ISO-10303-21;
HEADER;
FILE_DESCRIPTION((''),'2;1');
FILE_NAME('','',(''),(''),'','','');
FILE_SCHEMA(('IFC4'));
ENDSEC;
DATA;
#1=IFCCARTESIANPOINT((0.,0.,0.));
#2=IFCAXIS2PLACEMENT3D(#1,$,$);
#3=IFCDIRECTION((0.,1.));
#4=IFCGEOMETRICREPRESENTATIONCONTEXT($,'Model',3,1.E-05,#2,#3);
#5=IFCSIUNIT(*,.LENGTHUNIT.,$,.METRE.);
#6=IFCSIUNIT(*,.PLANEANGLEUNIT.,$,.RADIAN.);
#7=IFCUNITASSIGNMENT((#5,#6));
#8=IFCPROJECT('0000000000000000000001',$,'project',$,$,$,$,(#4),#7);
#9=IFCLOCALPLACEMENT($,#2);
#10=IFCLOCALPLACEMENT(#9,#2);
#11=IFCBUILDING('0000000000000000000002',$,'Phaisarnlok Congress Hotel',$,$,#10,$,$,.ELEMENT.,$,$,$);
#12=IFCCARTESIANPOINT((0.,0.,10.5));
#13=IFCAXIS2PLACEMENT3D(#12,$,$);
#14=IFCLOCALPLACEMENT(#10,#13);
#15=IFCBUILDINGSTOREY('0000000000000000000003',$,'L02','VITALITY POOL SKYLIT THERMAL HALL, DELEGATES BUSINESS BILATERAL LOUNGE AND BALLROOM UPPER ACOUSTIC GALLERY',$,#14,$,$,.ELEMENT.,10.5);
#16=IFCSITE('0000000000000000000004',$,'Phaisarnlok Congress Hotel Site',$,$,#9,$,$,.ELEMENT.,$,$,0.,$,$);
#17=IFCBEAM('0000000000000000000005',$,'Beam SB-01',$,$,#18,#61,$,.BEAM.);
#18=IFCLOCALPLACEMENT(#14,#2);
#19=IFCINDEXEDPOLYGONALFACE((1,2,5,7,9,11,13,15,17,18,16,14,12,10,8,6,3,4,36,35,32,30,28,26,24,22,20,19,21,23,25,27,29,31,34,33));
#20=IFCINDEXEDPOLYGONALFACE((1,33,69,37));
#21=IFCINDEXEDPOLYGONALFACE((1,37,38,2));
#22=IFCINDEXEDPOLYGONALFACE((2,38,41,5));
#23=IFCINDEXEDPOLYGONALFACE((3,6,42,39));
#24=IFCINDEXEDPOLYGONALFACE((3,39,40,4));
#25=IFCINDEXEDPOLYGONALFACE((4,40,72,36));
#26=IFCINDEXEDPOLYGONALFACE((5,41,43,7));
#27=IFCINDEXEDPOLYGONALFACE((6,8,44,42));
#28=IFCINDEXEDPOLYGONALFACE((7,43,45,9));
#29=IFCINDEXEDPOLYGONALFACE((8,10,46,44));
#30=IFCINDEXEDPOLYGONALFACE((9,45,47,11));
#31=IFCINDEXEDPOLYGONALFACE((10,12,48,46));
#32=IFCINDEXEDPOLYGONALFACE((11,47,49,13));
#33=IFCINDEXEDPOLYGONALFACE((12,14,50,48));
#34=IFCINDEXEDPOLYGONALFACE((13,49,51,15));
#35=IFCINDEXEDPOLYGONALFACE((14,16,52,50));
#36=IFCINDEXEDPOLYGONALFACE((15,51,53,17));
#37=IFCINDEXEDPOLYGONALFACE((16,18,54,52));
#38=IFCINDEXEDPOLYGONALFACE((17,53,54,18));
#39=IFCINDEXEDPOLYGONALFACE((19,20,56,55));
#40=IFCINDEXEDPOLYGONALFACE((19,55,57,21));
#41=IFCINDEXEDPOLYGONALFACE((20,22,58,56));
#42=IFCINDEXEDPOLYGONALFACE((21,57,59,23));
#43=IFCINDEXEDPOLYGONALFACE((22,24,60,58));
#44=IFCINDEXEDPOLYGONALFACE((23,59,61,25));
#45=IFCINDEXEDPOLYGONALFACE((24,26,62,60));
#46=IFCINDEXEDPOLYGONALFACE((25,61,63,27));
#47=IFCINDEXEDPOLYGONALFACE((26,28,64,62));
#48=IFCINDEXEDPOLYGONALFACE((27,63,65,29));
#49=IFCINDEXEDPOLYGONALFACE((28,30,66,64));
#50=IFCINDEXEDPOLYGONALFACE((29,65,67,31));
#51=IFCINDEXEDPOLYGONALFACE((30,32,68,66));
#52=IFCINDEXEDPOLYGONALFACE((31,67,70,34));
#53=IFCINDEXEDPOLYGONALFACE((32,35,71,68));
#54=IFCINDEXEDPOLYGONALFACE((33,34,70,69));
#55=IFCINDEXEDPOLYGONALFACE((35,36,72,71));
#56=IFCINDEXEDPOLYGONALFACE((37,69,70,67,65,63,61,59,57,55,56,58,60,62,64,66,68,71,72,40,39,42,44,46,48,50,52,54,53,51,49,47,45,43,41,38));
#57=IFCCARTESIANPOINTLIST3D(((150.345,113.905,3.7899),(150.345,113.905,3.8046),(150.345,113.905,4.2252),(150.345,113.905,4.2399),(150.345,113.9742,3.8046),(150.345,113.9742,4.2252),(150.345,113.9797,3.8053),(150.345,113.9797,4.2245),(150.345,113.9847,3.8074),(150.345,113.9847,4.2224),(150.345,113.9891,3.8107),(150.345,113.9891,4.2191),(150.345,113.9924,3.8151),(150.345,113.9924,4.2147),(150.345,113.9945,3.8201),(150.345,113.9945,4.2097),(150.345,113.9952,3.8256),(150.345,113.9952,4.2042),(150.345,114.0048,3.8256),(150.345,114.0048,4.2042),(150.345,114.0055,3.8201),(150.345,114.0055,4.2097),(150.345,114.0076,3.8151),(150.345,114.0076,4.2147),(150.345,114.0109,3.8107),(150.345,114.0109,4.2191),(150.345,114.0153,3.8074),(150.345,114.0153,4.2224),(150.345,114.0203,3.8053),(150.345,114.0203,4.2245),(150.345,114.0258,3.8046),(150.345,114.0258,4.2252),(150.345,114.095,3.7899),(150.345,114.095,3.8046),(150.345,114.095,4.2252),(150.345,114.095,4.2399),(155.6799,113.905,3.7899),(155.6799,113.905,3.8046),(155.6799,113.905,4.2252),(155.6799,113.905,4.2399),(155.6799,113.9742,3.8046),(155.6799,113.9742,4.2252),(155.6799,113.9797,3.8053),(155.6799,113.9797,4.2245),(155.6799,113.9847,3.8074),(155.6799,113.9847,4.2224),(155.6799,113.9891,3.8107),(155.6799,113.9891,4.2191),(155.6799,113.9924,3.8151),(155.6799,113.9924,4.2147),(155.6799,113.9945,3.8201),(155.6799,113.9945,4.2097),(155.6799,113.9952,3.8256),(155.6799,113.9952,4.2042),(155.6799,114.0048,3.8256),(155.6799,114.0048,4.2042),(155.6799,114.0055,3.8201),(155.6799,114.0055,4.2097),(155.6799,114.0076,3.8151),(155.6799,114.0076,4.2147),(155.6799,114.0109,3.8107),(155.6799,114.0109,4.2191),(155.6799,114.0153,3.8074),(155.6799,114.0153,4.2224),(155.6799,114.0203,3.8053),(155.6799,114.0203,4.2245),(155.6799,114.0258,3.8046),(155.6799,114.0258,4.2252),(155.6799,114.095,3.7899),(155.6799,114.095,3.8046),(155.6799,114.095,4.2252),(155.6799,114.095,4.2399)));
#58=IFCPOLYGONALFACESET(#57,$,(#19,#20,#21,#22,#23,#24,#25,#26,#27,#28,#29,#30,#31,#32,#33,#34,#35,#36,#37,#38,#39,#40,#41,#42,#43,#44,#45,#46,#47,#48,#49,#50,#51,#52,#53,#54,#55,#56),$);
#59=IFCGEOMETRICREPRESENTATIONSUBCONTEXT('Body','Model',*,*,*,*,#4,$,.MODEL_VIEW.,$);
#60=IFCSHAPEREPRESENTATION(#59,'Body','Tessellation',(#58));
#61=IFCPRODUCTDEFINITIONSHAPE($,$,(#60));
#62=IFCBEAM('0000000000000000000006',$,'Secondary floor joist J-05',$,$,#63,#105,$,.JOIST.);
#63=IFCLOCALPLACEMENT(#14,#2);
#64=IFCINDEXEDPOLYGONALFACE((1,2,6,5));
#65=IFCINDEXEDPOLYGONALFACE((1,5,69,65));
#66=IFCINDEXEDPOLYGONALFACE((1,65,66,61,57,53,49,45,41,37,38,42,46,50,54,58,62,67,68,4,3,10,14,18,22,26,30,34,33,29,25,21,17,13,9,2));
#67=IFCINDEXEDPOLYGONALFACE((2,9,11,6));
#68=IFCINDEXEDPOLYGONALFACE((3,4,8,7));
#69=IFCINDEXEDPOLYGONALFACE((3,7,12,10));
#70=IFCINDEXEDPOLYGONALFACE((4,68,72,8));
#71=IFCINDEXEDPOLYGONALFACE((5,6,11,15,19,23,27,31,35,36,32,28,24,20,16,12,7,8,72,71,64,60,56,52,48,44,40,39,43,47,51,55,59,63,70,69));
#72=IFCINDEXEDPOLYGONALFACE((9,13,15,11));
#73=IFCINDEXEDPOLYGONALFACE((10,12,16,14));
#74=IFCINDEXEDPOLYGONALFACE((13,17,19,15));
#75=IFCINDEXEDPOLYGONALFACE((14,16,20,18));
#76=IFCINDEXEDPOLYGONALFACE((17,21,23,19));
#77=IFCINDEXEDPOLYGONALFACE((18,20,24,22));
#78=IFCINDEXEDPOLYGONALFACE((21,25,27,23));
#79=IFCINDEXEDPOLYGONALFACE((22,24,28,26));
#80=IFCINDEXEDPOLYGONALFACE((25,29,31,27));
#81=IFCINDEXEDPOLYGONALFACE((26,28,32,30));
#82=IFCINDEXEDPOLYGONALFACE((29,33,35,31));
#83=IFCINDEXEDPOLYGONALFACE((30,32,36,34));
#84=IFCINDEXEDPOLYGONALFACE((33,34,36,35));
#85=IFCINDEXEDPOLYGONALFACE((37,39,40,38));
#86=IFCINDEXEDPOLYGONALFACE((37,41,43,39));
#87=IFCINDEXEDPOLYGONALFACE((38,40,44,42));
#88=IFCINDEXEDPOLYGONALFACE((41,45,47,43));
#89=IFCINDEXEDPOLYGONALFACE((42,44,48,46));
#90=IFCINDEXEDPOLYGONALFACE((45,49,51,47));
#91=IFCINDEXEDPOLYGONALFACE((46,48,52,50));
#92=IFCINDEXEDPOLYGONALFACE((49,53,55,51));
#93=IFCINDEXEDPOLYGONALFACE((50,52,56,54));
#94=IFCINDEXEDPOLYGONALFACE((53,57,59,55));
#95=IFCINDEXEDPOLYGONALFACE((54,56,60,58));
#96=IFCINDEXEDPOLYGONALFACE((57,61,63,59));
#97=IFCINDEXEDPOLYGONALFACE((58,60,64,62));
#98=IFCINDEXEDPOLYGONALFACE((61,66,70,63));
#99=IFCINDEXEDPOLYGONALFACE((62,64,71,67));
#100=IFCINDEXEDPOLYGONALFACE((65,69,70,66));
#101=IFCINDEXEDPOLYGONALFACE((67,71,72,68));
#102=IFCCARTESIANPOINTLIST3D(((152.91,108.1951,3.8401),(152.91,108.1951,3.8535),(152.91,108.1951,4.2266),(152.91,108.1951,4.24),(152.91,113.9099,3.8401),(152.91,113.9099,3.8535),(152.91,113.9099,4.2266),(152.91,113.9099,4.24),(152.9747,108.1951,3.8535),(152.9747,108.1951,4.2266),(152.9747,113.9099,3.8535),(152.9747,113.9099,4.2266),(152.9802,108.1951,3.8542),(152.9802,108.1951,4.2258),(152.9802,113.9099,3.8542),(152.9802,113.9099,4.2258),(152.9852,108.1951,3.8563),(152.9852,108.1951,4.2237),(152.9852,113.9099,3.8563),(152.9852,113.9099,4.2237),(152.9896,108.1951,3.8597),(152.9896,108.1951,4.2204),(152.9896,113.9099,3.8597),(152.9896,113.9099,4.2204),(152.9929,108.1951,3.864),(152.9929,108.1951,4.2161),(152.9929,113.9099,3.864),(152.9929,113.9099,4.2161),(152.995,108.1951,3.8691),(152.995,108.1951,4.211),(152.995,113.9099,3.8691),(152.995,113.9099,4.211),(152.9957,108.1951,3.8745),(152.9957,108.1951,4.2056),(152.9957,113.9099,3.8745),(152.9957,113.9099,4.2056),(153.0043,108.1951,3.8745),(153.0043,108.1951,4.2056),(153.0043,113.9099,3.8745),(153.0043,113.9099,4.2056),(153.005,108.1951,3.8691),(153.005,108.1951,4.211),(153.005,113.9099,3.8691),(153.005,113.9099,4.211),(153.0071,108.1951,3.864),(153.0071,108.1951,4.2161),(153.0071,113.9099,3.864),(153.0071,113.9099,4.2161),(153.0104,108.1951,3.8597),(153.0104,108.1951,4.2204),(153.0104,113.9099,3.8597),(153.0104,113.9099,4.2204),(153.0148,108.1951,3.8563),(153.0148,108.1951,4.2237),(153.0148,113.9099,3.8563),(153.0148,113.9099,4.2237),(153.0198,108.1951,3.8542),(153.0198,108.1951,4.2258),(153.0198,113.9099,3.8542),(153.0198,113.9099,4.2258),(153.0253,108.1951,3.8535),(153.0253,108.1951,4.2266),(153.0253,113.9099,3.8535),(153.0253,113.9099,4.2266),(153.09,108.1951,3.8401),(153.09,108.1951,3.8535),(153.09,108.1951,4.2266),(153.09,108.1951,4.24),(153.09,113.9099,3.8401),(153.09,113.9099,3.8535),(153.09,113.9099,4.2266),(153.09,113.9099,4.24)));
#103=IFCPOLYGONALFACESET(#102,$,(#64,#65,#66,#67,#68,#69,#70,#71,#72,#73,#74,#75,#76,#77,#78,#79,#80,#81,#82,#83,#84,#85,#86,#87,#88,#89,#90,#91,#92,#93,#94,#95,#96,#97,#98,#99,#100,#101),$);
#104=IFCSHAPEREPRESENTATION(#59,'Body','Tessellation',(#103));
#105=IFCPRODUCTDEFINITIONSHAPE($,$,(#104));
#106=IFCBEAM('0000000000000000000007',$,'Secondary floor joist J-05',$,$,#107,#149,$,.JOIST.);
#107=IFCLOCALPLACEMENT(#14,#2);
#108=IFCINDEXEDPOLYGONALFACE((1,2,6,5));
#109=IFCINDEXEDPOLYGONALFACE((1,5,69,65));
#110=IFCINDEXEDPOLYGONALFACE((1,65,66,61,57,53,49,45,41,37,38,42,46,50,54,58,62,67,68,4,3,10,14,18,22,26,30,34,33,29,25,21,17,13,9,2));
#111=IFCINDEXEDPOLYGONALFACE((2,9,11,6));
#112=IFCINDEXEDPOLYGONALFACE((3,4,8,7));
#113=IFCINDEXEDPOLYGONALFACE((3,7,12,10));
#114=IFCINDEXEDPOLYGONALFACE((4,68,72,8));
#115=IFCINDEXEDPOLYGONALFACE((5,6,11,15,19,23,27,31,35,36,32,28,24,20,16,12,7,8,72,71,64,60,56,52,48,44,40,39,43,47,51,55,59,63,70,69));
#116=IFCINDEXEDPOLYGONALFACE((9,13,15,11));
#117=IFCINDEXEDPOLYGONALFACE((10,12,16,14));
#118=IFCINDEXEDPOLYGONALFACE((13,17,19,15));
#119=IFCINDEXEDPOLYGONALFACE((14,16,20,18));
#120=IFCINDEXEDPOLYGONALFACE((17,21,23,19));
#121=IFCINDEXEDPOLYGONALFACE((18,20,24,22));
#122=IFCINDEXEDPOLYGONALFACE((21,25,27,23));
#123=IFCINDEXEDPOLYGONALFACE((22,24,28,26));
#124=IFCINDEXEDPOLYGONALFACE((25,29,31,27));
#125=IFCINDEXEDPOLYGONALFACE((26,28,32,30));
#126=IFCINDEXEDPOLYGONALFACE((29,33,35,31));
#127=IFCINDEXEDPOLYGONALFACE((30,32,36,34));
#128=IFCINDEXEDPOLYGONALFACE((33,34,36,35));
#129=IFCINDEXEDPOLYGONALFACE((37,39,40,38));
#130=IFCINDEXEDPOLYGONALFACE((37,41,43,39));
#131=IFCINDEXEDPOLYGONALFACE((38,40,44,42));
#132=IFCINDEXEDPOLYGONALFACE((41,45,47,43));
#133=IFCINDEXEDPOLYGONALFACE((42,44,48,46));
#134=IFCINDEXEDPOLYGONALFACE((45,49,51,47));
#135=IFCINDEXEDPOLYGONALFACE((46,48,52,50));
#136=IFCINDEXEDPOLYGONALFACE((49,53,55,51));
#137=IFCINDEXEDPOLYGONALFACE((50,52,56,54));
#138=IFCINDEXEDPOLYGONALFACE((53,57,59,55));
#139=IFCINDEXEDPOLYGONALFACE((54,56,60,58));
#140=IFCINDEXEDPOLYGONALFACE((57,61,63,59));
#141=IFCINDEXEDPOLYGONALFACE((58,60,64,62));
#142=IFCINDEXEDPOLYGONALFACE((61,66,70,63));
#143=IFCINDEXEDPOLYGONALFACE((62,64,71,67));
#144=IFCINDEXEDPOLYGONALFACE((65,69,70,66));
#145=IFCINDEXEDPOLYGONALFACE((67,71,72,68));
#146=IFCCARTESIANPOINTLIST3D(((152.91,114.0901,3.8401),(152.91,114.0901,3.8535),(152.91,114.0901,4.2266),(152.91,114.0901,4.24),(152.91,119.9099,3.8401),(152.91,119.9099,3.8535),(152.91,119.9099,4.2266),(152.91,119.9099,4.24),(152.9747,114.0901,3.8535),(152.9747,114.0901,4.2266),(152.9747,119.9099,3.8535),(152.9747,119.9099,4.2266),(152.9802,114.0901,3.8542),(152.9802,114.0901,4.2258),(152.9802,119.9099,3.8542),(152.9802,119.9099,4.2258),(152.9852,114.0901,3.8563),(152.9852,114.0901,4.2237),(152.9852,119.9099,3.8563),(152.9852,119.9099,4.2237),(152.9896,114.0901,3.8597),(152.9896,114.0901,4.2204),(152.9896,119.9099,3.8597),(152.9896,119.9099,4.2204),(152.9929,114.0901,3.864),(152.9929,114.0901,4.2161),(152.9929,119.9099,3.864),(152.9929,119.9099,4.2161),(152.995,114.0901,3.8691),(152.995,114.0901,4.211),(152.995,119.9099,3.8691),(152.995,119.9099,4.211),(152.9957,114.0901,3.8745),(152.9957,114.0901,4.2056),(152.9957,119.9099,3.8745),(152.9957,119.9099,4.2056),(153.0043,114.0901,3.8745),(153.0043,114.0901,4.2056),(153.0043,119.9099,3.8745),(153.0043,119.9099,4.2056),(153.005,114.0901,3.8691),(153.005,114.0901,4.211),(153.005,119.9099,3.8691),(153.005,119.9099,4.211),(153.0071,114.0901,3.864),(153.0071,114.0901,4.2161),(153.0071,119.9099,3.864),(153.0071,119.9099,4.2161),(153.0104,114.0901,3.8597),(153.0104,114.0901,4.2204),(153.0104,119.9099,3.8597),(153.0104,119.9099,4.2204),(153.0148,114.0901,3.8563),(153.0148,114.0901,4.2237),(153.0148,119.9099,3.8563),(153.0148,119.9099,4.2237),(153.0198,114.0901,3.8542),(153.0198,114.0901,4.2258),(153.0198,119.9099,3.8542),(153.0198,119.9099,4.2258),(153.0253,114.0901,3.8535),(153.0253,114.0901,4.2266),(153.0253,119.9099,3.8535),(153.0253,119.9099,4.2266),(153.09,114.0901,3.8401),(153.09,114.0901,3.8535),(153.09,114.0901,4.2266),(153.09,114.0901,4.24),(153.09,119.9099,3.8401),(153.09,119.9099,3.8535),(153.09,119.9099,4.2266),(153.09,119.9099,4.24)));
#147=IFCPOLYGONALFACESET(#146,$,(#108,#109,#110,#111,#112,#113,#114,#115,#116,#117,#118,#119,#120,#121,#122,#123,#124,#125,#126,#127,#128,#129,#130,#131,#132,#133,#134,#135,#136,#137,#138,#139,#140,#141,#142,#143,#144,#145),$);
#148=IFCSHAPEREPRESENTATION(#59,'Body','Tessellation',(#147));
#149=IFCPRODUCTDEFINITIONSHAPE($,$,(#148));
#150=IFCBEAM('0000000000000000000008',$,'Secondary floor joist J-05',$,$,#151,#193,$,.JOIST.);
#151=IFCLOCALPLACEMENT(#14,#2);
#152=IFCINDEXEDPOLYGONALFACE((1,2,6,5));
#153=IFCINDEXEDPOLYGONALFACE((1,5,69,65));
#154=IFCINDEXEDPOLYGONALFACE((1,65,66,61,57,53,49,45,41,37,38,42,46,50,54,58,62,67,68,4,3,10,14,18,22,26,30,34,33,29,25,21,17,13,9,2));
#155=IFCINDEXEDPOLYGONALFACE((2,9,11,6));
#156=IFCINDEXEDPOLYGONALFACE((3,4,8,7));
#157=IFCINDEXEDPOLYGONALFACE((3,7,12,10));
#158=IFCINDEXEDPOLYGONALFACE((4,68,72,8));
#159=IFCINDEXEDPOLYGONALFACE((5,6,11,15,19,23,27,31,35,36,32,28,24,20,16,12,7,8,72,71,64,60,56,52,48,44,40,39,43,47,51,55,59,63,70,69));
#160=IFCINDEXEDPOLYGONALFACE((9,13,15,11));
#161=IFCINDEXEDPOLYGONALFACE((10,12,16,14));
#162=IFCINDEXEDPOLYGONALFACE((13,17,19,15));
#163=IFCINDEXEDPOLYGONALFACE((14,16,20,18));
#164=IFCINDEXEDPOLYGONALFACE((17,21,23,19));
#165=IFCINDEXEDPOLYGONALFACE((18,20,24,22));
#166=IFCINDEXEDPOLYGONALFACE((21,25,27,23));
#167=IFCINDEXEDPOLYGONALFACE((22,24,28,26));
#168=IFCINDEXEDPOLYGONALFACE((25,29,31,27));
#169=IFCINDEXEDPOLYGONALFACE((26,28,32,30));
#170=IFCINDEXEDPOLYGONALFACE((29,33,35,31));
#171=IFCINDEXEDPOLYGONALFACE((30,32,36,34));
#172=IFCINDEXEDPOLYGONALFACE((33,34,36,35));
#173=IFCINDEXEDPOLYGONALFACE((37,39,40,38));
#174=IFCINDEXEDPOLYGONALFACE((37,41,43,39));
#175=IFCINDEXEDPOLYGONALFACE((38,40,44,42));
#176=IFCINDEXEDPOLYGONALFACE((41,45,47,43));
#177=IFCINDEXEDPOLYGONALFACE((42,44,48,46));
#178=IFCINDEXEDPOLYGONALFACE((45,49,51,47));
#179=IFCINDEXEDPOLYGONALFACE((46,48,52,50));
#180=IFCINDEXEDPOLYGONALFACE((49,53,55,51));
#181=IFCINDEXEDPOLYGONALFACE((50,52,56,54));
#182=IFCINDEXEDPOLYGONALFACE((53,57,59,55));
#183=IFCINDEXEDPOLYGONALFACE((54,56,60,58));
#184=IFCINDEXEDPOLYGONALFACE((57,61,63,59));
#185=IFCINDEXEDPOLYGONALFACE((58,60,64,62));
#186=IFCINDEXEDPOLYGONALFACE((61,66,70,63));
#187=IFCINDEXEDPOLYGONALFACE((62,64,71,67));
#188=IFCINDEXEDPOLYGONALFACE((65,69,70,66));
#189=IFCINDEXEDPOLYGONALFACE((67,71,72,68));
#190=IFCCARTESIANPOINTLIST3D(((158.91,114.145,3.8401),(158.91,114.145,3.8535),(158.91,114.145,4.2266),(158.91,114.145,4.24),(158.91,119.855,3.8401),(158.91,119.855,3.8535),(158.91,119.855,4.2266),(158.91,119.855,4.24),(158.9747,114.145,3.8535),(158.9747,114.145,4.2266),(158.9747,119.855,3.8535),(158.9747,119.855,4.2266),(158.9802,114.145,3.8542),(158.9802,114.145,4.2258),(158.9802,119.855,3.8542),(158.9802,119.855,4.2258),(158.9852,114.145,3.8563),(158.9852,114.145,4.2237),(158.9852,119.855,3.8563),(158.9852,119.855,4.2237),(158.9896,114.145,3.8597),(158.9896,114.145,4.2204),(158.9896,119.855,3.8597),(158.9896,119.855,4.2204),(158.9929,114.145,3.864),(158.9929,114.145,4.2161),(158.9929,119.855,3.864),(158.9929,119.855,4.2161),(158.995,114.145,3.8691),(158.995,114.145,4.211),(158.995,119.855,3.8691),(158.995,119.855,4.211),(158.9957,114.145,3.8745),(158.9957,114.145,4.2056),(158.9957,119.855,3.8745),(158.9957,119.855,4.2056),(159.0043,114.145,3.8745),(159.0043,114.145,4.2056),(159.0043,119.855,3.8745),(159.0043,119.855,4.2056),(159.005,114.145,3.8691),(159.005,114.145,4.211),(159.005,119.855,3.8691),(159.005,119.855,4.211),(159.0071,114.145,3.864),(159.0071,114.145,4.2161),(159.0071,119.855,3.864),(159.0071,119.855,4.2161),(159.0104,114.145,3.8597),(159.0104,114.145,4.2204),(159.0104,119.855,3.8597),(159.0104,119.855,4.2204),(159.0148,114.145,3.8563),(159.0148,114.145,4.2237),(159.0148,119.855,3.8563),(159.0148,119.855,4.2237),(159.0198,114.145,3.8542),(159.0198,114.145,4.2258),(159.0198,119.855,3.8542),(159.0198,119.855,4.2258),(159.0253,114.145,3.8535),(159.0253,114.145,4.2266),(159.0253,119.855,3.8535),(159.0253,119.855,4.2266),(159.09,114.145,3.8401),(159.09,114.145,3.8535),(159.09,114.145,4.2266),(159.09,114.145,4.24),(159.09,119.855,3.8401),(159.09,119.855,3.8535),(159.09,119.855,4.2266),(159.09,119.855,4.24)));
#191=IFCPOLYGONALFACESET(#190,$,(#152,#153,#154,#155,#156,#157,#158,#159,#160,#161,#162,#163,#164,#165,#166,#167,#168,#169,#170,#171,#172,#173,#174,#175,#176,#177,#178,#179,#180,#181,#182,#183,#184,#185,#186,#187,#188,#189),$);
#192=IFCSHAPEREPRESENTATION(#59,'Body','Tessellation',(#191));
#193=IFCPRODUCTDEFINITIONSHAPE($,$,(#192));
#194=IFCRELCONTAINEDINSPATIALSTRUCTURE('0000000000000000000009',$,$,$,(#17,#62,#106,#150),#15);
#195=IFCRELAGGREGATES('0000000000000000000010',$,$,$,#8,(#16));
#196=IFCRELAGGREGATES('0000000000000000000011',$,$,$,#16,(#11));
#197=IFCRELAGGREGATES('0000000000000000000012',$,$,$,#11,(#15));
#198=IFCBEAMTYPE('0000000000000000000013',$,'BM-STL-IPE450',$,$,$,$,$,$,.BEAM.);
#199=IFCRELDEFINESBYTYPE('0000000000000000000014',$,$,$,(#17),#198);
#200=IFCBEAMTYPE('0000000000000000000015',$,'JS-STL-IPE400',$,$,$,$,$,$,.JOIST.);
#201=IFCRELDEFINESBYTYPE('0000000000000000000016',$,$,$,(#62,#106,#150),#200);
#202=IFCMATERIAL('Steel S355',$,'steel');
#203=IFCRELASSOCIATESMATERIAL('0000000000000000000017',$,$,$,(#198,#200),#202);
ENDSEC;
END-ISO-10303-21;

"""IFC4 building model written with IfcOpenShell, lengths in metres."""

from ifc_helpers import new_model, si_unit, direction, frame, origin, origin_2d, place, context, subcontext, project, spatial, i_section, extrude, material, material_profile, profile_set, type_object, element, save


model = new_model("IFC4")

# Units and contexts
model_context = context("Model", 3, precision=1e-05, world=origin(), true_north=direction((0.0, 1.0)))
body_context = subcontext(model_context, "Body", "Model", "MODEL_VIEW")
ifc_project = project(units=[si_unit("LENGTHUNIT", "METRE"), si_unit("PLANEANGLEUNIT", "RADIAN")], contexts=[model_context])

# Site, building, storey
site_placement = place(None, origin())
site = spatial("IfcSite", under=ifc_project, at=site_placement, Name="Phaisarnlok Congress Hotel Site", CompositionType="ELEMENT", RefElevation=0.0)
building_placement = place(site_placement, origin())
building = spatial("IfcBuilding", under=site, at=building_placement, Name="Phaisarnlok Congress Hotel", CompositionType="ELEMENT")
storey_placement = place(building_placement, frame((0.0, 0.0, 10.5)))
storey = spatial("IfcBuildingStorey", under=building, at=storey_placement, Name="L02", Description="VITALITY POOL SKYLIT THERMAL HALL, DELEGATES BUSINESS BILATERAL LOUNGE AND BALLROOM UPPER ACOUSTIC GALLERY", CompositionType="ELEMENT", Elevation=10.5)

# Shared definitions
ifc_material_1 = material(Name="Steel S355", Category="steel")

# Beams
ifc_material_profile_1 = material_profile(ifc_material_1, i_section(OverallWidth=0.1899, OverallDepth=0.45, WebThickness=0.0095, FlangeThickness=0.0146, FilletRadius=0.021, at=origin_2d()), Name="IPE 450")
ifc_profile_set_1 = profile_set([ifc_material_profile_1], Name="Steel S355")
beam_type_1 = type_object("IfcBeamType", Name="BM-STL-IPE450", PredefinedType="BEAM", material=ifc_profile_set_1)
beam_1_placement = place(storey_placement, frame((150.345, 114.0, 4.0149), z_axis=(1.0, 0.0, 0.0), x_axis=(0.0, 1.0, 0.0)))
element("IfcBeam", 1, at=beam_1_placement, inside=storey, type_object=beam_type_1, Name="Beam SB-01", PredefinedType="BEAM", context=body_context, shape_type="SweptSolid", body=[
    extrude(i_section(OverallWidth=0.1899, OverallDepth=0.45, WebThickness=0.0095, FlangeThickness=0.0146, FilletRadius=0.021, at=origin_2d()), origin(), (0.0, 0.0, 1.0), 5.335),
])
ifc_material_profile_2 = material_profile(ifc_material_1, i_section(OverallWidth=0.1799, OverallDepth=0.3999, WebThickness=0.0085, FlangeThickness=0.0134, FilletRadius=0.021, at=origin_2d()), Name="IPE 400")
ifc_profile_set_2 = profile_set([ifc_material_profile_2], Name="Steel S355")
beam_type_2 = type_object("IfcBeamType", Name="JS-STL-IPE400", PredefinedType="JOIST", material=ifc_profile_set_2)
beam_2_placement = place(storey_placement, frame((153.0, 108.1951, 4.04), z_axis=(0.0, 1.0, 0.0), x_axis=(-1.0, 0.0, 0.0)))
element("IfcBeam", 2, at=beam_2_placement, inside=storey, type_object=beam_type_2, Name="Secondary floor joist J-05", PredefinedType="JOIST", context=body_context, shape_type="SweptSolid", body=[
    extrude(i_section(OverallWidth=0.1799, OverallDepth=0.3999, WebThickness=0.0085, FlangeThickness=0.0134, FilletRadius=0.021, at=origin_2d()), origin(), (0.0, 0.0, 1.0), 5.7148),
])
beam_3_placement = place(storey_placement, frame((153.0, 114.0901, 4.04), z_axis=(0.0, 1.0, 0.0), x_axis=(-1.0, 0.0, 0.0)))
element("IfcBeam", 3, at=beam_3_placement, inside=storey, type_object=beam_type_2, Name="Secondary floor joist J-05", PredefinedType="JOIST", context=body_context, shape_type="SweptSolid", body=[
    extrude(i_section(OverallWidth=0.1799, OverallDepth=0.3999, WebThickness=0.0085, FlangeThickness=0.0134, FilletRadius=0.021, at=origin_2d()), origin(), (0.0, 0.0, 1.0), 5.8198),
])
beam_4_placement = place(storey_placement, frame((159.0, 114.145, 4.04), z_axis=(0.0, 1.0, 0.0), x_axis=(-1.0, 0.0, 0.0)))
element("IfcBeam", 4, at=beam_4_placement, inside=storey, type_object=beam_type_2, Name="Secondary floor joist J-05", PredefinedType="JOIST", context=body_context, shape_type="SweptSolid", body=[
    extrude(i_section(OverallWidth=0.1799, OverallDepth=0.3999, WebThickness=0.0085, FlangeThickness=0.0134, FilletRadius=0.021, at=origin_2d()), origin(), (0.0, 0.0, 1.0), 5.71),
])

save(model, "model.ifc")
